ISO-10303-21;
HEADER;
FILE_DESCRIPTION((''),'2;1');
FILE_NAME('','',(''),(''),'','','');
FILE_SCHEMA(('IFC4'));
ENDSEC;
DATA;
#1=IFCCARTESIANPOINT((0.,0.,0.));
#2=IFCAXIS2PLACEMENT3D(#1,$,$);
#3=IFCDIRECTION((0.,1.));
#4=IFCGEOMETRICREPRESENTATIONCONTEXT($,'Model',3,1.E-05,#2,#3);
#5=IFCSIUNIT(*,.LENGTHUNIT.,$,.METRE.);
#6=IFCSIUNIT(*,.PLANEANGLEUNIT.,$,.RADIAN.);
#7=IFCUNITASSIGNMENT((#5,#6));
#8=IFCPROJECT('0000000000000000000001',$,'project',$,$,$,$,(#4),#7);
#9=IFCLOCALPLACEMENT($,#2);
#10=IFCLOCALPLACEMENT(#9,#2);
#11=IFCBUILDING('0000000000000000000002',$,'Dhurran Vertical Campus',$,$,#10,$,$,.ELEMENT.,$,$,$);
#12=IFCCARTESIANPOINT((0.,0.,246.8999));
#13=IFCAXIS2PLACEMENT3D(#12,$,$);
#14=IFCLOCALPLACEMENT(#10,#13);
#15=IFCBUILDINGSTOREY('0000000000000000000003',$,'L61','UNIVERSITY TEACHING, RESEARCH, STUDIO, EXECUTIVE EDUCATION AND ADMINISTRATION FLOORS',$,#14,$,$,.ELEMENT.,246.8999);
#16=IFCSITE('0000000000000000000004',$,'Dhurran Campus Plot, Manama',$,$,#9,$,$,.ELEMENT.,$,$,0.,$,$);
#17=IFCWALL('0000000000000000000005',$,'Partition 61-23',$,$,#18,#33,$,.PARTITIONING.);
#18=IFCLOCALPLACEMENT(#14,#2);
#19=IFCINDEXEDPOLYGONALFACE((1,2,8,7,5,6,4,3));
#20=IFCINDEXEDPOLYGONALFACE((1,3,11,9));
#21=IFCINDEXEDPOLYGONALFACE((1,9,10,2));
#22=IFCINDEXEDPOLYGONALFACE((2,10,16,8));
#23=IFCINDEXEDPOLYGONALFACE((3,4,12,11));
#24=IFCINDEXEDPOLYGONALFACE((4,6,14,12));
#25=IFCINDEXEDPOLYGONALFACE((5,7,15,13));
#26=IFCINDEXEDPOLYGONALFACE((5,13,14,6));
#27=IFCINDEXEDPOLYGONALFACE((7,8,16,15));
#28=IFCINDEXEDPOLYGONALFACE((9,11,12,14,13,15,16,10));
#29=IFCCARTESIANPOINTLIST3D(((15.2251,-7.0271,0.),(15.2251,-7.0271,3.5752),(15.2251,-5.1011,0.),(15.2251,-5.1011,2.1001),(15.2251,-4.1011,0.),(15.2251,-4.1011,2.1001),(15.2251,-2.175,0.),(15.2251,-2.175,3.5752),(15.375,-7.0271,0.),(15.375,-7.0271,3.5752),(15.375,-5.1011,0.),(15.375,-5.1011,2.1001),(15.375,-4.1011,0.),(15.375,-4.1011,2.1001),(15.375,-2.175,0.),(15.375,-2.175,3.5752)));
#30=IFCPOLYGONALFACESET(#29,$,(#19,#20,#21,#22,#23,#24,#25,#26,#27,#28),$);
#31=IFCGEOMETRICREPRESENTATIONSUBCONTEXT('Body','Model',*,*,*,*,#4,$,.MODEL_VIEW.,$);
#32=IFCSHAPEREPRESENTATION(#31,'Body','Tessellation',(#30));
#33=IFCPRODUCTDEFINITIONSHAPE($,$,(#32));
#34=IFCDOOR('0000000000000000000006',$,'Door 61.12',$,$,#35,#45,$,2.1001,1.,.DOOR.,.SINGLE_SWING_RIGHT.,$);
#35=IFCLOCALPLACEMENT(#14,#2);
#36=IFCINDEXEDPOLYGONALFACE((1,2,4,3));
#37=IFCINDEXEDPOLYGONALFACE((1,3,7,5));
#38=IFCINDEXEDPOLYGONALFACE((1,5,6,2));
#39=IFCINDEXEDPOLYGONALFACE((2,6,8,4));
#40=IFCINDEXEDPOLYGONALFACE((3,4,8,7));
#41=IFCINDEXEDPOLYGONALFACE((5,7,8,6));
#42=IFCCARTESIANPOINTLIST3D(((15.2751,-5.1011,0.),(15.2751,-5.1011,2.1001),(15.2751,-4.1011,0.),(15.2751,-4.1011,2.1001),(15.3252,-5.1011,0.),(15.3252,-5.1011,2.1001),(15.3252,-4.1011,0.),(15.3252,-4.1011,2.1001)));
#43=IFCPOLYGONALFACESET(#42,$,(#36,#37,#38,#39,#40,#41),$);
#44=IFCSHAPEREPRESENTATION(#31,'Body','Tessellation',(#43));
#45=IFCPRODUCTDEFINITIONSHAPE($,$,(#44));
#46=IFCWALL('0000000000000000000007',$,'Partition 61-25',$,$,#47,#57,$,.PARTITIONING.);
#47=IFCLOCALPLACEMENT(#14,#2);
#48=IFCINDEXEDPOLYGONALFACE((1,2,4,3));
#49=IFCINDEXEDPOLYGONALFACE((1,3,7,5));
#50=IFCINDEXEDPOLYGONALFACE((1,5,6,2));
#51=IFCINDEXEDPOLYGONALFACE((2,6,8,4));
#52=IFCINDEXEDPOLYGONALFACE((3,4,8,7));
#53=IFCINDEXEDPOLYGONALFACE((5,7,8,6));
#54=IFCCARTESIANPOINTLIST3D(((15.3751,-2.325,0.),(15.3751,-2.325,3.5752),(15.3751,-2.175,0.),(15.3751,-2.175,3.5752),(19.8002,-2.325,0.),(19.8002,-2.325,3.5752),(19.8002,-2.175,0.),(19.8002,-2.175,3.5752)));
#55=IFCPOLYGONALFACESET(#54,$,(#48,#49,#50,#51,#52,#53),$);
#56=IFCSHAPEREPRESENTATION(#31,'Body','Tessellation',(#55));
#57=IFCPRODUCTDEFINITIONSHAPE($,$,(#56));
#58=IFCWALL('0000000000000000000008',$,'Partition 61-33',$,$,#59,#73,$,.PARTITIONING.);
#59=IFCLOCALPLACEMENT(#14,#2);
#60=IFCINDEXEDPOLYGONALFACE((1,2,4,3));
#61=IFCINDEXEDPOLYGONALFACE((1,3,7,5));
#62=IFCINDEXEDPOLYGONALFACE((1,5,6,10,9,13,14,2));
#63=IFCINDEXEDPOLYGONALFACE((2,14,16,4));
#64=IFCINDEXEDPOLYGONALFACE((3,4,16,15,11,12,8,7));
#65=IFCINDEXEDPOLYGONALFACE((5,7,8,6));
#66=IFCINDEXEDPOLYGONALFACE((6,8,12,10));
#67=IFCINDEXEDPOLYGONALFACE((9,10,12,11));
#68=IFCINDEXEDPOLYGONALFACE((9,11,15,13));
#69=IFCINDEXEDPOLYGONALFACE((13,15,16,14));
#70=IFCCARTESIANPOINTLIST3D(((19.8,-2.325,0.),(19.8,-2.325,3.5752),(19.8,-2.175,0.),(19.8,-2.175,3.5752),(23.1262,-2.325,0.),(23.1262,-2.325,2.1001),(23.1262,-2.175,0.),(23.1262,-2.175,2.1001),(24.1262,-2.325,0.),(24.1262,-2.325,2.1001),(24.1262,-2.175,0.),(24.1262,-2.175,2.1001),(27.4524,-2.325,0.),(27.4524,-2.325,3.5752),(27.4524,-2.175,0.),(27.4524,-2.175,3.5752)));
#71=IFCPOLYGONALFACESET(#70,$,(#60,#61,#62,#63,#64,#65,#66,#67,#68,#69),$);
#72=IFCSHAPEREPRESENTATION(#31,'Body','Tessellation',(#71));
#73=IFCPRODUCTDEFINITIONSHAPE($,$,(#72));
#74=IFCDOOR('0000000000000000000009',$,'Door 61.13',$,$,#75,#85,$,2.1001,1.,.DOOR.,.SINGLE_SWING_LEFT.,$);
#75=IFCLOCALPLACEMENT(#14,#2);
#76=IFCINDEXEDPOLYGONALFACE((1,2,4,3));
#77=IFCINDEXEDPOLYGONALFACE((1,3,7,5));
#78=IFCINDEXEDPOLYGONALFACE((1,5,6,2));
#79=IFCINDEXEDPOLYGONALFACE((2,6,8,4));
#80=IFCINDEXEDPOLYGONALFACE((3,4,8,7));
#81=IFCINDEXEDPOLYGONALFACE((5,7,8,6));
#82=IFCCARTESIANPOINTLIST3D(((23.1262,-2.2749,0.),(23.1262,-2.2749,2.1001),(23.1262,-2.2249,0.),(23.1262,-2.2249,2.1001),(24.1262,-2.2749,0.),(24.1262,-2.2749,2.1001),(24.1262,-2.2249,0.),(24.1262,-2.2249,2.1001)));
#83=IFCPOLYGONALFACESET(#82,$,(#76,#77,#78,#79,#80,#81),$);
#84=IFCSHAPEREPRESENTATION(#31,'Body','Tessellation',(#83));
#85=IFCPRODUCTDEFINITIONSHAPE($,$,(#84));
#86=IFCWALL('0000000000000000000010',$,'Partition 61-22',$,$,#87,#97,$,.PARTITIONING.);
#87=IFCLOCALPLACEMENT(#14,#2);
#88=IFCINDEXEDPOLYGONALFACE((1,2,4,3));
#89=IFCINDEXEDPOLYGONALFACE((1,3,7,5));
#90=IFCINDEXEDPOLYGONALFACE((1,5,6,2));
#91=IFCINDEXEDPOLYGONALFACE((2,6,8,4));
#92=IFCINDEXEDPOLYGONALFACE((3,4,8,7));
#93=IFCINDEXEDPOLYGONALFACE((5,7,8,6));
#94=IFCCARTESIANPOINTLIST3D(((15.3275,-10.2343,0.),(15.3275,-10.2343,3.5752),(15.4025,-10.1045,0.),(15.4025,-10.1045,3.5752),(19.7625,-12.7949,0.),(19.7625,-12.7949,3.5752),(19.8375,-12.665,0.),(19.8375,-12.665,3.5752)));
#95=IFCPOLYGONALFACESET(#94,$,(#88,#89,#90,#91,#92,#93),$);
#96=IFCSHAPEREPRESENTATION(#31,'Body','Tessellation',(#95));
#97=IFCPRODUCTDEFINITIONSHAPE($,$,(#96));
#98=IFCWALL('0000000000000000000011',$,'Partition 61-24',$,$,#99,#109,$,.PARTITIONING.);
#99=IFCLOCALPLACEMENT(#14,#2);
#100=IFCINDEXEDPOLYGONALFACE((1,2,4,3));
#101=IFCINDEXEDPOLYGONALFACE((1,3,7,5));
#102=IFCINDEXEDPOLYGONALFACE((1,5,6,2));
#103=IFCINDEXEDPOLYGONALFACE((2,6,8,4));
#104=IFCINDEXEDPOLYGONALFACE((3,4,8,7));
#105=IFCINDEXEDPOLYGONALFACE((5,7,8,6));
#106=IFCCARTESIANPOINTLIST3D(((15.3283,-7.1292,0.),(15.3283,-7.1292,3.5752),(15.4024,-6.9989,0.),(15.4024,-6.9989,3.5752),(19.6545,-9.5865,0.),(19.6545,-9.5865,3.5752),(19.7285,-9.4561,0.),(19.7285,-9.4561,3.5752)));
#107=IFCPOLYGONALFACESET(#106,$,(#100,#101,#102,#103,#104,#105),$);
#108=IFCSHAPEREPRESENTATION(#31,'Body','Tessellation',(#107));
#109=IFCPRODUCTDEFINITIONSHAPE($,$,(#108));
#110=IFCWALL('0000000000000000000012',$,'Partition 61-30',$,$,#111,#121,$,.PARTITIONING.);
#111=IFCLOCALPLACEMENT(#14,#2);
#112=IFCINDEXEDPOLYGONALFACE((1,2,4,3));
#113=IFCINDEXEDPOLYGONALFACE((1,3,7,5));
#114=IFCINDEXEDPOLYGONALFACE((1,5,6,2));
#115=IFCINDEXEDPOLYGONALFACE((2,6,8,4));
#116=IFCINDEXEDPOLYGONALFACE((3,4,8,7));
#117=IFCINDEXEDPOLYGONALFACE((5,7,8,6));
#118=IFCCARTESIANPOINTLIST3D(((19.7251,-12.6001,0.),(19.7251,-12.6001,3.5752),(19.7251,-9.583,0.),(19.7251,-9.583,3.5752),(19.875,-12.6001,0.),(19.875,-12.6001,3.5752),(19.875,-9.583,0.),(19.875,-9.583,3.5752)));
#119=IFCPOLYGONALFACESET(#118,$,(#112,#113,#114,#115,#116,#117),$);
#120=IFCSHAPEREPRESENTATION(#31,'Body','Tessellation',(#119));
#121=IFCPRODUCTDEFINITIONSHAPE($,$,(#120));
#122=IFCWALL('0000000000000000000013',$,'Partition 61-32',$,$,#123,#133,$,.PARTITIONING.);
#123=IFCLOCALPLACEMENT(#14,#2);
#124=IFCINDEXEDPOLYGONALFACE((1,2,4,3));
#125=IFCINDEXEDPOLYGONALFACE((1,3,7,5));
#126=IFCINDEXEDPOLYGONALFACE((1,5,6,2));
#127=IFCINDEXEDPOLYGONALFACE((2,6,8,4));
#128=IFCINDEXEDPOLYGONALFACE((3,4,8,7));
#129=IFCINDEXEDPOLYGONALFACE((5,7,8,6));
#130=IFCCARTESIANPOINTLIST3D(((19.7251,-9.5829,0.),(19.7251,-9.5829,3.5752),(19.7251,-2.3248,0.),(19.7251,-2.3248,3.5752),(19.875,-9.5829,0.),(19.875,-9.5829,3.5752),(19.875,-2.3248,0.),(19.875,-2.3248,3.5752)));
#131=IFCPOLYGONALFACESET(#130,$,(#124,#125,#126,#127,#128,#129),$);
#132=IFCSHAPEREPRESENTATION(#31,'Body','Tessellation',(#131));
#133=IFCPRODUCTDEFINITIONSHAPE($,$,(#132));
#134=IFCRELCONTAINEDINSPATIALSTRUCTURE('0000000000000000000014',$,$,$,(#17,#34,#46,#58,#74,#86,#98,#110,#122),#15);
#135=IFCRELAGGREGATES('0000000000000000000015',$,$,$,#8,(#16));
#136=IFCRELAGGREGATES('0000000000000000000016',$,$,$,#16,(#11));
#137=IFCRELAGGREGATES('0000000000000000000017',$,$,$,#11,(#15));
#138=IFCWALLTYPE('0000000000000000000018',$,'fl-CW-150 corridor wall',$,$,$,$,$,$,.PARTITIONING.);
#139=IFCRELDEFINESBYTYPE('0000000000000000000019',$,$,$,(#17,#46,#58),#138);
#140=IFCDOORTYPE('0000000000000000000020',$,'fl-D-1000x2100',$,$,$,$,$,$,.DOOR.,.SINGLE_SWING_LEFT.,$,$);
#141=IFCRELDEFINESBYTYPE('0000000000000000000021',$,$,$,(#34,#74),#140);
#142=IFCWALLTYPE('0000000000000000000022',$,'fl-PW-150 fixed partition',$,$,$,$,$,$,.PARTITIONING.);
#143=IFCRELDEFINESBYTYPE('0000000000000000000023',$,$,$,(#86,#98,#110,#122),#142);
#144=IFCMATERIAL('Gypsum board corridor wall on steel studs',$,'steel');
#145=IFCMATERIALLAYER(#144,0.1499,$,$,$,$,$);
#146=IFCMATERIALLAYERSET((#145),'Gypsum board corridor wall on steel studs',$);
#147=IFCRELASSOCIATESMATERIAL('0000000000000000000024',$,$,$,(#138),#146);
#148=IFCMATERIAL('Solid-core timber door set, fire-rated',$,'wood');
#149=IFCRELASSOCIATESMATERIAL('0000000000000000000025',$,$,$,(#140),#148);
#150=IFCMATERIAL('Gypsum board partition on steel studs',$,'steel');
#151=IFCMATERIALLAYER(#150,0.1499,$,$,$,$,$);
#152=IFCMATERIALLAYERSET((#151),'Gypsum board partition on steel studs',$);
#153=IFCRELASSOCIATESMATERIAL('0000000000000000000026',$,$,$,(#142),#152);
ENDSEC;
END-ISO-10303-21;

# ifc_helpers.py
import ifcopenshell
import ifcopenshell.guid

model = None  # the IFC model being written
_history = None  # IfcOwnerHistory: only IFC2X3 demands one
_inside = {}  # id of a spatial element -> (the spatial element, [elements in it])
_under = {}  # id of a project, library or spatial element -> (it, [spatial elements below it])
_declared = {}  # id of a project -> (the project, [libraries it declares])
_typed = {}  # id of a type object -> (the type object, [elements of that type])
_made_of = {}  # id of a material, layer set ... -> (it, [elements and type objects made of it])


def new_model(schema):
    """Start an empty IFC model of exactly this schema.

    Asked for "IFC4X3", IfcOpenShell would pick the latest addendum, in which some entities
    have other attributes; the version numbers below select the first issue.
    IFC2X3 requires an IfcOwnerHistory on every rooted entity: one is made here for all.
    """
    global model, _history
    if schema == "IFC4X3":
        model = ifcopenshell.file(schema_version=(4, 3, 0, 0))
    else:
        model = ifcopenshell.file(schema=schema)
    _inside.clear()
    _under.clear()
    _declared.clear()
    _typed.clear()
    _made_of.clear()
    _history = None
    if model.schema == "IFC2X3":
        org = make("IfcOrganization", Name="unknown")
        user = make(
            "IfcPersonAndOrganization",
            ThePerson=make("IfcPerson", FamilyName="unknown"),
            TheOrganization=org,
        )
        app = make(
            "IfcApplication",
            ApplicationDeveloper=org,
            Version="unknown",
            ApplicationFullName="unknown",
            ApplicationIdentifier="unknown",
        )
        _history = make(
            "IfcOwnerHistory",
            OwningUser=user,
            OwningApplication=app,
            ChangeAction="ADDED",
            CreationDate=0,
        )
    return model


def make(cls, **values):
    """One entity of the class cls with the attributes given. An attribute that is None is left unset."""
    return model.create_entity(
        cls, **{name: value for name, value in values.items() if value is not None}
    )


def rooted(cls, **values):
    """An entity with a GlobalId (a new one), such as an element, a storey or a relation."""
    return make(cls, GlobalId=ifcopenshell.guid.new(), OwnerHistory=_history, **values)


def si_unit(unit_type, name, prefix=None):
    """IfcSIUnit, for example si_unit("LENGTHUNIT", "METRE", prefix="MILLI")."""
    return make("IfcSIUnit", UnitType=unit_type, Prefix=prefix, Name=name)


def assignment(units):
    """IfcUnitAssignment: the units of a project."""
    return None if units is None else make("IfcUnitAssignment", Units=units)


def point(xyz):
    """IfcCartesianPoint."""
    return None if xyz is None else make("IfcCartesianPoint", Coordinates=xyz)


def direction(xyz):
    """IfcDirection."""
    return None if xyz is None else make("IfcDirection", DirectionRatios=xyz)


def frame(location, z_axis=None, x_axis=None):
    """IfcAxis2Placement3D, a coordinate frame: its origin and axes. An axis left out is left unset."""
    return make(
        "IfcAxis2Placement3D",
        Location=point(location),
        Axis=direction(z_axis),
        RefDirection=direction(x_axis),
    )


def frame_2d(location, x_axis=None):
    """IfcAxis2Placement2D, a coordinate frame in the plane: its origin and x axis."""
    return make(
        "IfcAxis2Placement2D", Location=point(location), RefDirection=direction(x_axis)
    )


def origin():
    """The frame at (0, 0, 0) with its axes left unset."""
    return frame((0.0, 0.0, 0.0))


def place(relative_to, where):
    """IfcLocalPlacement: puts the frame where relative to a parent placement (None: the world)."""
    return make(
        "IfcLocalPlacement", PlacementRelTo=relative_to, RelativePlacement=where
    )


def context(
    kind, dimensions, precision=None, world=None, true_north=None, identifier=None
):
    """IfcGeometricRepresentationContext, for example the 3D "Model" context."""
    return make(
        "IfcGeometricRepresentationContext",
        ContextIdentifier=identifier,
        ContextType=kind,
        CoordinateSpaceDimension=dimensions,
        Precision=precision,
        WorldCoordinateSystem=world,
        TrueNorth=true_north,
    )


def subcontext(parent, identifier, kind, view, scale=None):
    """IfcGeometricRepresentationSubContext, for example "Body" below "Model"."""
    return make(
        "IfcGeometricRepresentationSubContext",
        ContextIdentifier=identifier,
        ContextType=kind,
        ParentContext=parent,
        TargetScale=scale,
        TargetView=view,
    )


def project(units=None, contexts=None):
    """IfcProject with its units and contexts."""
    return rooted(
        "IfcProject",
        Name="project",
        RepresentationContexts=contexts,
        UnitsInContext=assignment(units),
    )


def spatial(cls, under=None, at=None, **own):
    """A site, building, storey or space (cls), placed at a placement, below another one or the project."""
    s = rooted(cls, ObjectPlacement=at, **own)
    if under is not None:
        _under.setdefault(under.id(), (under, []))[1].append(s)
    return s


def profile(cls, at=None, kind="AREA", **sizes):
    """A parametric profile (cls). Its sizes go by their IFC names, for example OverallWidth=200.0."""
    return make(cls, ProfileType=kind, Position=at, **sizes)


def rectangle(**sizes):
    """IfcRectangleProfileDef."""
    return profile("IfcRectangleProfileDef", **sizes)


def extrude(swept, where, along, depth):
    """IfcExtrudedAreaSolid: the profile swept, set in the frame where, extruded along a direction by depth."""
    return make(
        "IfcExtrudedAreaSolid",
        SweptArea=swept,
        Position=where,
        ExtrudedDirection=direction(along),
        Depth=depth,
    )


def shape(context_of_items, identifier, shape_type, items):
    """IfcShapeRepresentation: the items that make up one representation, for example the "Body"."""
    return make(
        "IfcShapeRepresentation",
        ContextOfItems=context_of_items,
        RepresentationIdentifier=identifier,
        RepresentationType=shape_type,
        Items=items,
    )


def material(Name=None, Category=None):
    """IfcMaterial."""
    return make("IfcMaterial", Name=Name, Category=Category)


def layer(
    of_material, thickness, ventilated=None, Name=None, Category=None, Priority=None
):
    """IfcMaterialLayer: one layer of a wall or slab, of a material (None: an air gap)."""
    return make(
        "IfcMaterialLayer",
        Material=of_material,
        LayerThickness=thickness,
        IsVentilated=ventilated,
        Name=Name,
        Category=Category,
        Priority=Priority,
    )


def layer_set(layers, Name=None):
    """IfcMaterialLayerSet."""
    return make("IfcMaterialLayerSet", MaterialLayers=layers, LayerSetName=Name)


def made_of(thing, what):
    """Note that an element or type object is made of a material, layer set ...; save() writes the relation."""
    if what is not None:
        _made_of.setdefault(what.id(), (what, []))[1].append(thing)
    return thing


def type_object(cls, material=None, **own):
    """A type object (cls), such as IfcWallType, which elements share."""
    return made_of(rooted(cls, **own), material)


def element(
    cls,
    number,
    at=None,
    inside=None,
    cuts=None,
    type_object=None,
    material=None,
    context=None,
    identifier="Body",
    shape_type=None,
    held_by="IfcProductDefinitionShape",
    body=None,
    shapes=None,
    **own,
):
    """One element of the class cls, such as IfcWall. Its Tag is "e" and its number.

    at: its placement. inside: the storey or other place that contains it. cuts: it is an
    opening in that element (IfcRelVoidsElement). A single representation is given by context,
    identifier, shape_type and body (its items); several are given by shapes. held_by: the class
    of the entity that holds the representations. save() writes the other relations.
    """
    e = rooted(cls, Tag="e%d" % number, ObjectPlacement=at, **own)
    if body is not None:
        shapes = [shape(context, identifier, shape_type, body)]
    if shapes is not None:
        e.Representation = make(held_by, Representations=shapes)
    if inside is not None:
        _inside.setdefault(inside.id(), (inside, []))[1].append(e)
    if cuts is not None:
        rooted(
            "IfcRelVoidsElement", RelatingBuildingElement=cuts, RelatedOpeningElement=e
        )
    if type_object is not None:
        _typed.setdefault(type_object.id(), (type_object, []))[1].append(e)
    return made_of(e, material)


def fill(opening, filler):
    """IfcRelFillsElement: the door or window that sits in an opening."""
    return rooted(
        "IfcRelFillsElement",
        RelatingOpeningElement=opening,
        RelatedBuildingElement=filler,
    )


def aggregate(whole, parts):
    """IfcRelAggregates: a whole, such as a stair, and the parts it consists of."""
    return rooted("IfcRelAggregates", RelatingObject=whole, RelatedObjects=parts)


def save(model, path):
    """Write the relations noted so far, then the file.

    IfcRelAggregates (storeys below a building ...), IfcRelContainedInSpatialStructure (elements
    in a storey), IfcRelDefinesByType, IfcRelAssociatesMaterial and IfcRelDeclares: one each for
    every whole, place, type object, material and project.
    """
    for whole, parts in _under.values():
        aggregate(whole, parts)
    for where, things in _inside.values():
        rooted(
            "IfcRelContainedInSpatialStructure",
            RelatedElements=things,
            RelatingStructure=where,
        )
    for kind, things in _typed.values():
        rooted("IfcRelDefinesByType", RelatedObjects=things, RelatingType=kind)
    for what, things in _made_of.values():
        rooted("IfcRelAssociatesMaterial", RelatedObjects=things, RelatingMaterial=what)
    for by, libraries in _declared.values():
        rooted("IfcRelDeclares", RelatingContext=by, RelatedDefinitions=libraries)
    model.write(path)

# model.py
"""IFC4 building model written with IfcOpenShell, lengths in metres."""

from ifc_helpers import new_model, si_unit, direction, frame, frame_2d, origin, place, context, subcontext, project, spatial, rectangle, extrude, material, layer, layer_set, type_object, element, fill, save


model = new_model("IFC4")

# Units and contexts
model_context = context("Model", 3, precision=1e-05, world=origin(), true_north=direction((0.0, 1.0)))
body_context = subcontext(model_context, "Body", "Model", "MODEL_VIEW")
ifc_project = project(units=[si_unit("LENGTHUNIT", "METRE"), si_unit("PLANEANGLEUNIT", "RADIAN")], contexts=[model_context])

# Site, building, storey
site_placement = place(None, origin())
site = spatial("IfcSite", under=ifc_project, at=site_placement, Name="Dhurran Campus Plot, Manama", CompositionType="ELEMENT", RefElevation=0.0)
building_placement = place(site_placement, origin())
building = spatial("IfcBuilding", under=site, at=building_placement, Name="Dhurran Vertical Campus", CompositionType="ELEMENT")
storey_placement = place(building_placement, frame((0.0, 0.0, 246.8999)))
storey = spatial("IfcBuildingStorey", under=building, at=storey_placement, Name="L61", Description="UNIVERSITY TEACHING, RESEARCH, STUDIO, EXECUTIVE EDUCATION AND ADMINISTRATION FLOORS", CompositionType="ELEMENT", Elevation=246.8999)

# Wall, opening, door
ifc_material_1 = material(Name="Gypsum board corridor wall on steel studs", Category="steel")
ifc_layer_1 = layer(ifc_material_1, 0.1499)
ifc_layer_set_1 = layer_set([ifc_layer_1], Name="Gypsum board corridor wall on steel studs")
wall_type_1 = type_object("IfcWallType", Name="fl-CW-150 corridor wall", PredefinedType="PARTITIONING", material=ifc_layer_set_1)
ifc_material_2 = material(Name="Solid-core timber door set, fire-rated", Category="wood")
door_type = type_object("IfcDoorType", Name="fl-D-1000x2100", OperationType="SINGLE_SWING_LEFT", PredefinedType="DOOR", material=ifc_material_2)
wall_1_placement = place(storey_placement, frame((15.3, -7.0271, 0.0), z_axis=(0.0, 0.0, 1.0), x_axis=(0.0, 1.0, 0.0)))
wall_1 = element("IfcWall", 1, at=wall_1_placement, inside=storey, type_object=wall_type_1, Name="Partition 61-23", PredefinedType="PARTITIONING", context=body_context, shape_type="SweptSolid", body=[
    extrude(rectangle(XDim=4.8521, YDim=0.1499, at=frame_2d((2.426, 0.0))), origin(), (0.0, 0.0, 1.0), 3.5752),
])
opening_1_placement = place(wall_1_placement, frame((1.926, 0.0, 0.0)))
opening_1 = element("IfcOpeningElement", 2, at=opening_1_placement, cuts=wall_1, PredefinedType="OPENING", context=body_context, shape_type="SweptSolid", body=[
    extrude(rectangle(XDim=1.0, YDim=2.1001, at=frame_2d((0.5, 1.05))), frame((0.0, 0.085, 0.0), z_axis=(0.0, -1.0, 0.0), x_axis=(1.0, 0.0, 0.0)), (0.0, 0.0, 1.0), 0.1699),
])
door_1_placement = place(opening_1_placement, origin())
door_1 = element("IfcDoor", 3, at=door_1_placement, inside=storey, type_object=door_type, Name="Door 61.12", OperationType="SINGLE_SWING_RIGHT", OverallHeight=2.1001, OverallWidth=1.0, PredefinedType="DOOR", context=body_context, shape_type="SweptSolid", body=[
    extrude(rectangle(XDim=1.0, YDim=2.1001, at=frame_2d((0.5, 1.05))), frame((0.0, 0.0249, 0.0), z_axis=(0.0, -1.0, 0.0), x_axis=(1.0, 0.0, 0.0)), (0.0, 0.0, 1.0), 0.05),
])
fill(opening_1, door_1)

# Wall
wall_2_placement = place(storey_placement, frame((19.8, -2.25, 0.0), z_axis=(0.0, 0.0, 1.0), x_axis=(-1.0, 0.0, 0.0)))
element("IfcWall", 4, at=wall_2_placement, inside=storey, type_object=wall_type_1, Name="Partition 61-25", PredefinedType="PARTITIONING", context=body_context, shape_type="SweptSolid", body=[
    extrude(rectangle(XDim=4.425, YDim=0.1499, at=frame_2d((2.2124, 0.0))), origin(), (0.0, 0.0, 1.0), 3.5752),
])

# Wall, opening, door
wall_3_placement = place(storey_placement, frame((27.4524, -2.25, 0.0), z_axis=(0.0, 0.0, 1.0), x_axis=(-1.0, 0.0, 0.0)))
wall_3 = element("IfcWall", 5, at=wall_3_placement, inside=storey, type_object=wall_type_1, Name="Partition 61-33", PredefinedType="PARTITIONING", context=body_context, shape_type="SweptSolid", body=[
    extrude(rectangle(XDim=7.6523, YDim=0.1499, at=frame_2d((3.8262, 0.0))), origin(), (0.0, 0.0, 1.0), 3.5752),
])
opening_2_placement = place(wall_3_placement, frame((3.3262, 0.0, 0.0)))
opening_2 = element("IfcOpeningElement", 6, at=opening_2_placement, cuts=wall_3, PredefinedType="OPENING", context=body_context, shape_type="SweptSolid", body=[
    extrude(rectangle(XDim=1.0, YDim=2.1001, at=frame_2d((0.5, 1.05))), frame((0.0, 0.085, 0.0), z_axis=(0.0, -1.0, 0.0), x_axis=(1.0, 0.0, 0.0)), (0.0, 0.0, 1.0), 0.1699),
])
door_2_placement = place(opening_2_placement, origin())
door_2 = element("IfcDoor", 7, at=door_2_placement, inside=storey, type_object=door_type, Name="Door 61.13", OperationType="SINGLE_SWING_LEFT", OverallHeight=2.1001, OverallWidth=1.0, PredefinedType="DOOR", context=body_context, shape_type="SweptSolid", body=[
    extrude(rectangle(XDim=1.0, YDim=2.1001, at=frame_2d((0.5, 1.05))), frame((0.0, 0.0249, 0.0), z_axis=(0.0, -1.0, 0.0), x_axis=(1.0, 0.0, 0.0)), (0.0, 0.0, 1.0), 0.05),
])
fill(opening_2, door_2)

# Walls
ifc_material_3 = material(Name="Gypsum board partition on steel studs", Category="steel")
ifc_layer_2 = layer(ifc_material_3, 0.1499)
ifc_layer_set_2 = layer_set([ifc_layer_2], Name="Gypsum board partition on steel studs")
wall_type_2 = type_object("IfcWallType", Name="fl-PW-150 fixed partition", PredefinedType="PARTITIONING", material=ifc_layer_set_2)
wall_4_placement = place(storey_placement, frame((15.365, -10.1694, 0.0), z_axis=(0.0, 0.0, 1.0), x_axis=(0.866028, -0.499995, 0.0)))
element("IfcWall", 8, at=wall_4_placement, inside=storey, type_object=wall_type_2, Name="Partition 61-22", PredefinedType="PARTITIONING", context=body_context, shape_type="SweptSolid", body=[
    extrude(rectangle(XDim=5.1211, YDim=0.1499, at=frame_2d((2.5605, 0.0))), origin(), (0.0, 0.0, 1.0), 3.5752),
])
wall_5_placement = place(storey_placement, frame((15.3652, -7.064, 0.0), z_axis=(0.0, 0.0, 1.0), x_axis=(0.869524, -0.493891, 0.0)))
element("IfcWall", 9, at=wall_5_placement, inside=storey, type_object=wall_type_2, Name="Partition 61-24", PredefinedType="PARTITIONING", context=body_context, shape_type="SweptSolid", body=[
    extrude(rectangle(XDim=4.9753, YDim=0.1499, at=frame_2d((2.4878, 0.0))), origin(), (0.0, 0.0, 1.0), 3.5752),
])
wall_6_placement = place(storey_placement, frame((19.8, -9.583, 0.0), z_axis=(0.0, 0.0, 1.0), x_axis=(0.0, -1.0, 0.0)))
element("IfcWall", 10, at=wall_6_placement, inside=storey, type_object=wall_type_2, Name="Partition 61-30", PredefinedType="PARTITIONING", context=body_context, shape_type="SweptSolid", body=[
    extrude(rectangle(XDim=3.0171, YDim=0.1499, at=frame_2d((1.5085, 0.0))), origin(), (0.0, 0.0, 1.0), 3.5752),
])
wall_7_placement = place(storey_placement, frame((19.8, -2.325, 0.0), z_axis=(0.0, 0.0, 1.0), x_axis=(0.0, -1.0, 0.0)))
element("IfcWall", 11, at=wall_7_placement, inside=storey, type_object=wall_type_2, Name="Partition 61-32", PredefinedType="PARTITIONING", context=body_context, shape_type="SweptSolid", body=[
    extrude(rectangle(XDim=7.2581, YDim=0.1499, at=frame_2d((3.6289, 0.0))), origin(), (0.0, 0.0, 1.0), 3.5752),
])

save(model, "model.ifc")
